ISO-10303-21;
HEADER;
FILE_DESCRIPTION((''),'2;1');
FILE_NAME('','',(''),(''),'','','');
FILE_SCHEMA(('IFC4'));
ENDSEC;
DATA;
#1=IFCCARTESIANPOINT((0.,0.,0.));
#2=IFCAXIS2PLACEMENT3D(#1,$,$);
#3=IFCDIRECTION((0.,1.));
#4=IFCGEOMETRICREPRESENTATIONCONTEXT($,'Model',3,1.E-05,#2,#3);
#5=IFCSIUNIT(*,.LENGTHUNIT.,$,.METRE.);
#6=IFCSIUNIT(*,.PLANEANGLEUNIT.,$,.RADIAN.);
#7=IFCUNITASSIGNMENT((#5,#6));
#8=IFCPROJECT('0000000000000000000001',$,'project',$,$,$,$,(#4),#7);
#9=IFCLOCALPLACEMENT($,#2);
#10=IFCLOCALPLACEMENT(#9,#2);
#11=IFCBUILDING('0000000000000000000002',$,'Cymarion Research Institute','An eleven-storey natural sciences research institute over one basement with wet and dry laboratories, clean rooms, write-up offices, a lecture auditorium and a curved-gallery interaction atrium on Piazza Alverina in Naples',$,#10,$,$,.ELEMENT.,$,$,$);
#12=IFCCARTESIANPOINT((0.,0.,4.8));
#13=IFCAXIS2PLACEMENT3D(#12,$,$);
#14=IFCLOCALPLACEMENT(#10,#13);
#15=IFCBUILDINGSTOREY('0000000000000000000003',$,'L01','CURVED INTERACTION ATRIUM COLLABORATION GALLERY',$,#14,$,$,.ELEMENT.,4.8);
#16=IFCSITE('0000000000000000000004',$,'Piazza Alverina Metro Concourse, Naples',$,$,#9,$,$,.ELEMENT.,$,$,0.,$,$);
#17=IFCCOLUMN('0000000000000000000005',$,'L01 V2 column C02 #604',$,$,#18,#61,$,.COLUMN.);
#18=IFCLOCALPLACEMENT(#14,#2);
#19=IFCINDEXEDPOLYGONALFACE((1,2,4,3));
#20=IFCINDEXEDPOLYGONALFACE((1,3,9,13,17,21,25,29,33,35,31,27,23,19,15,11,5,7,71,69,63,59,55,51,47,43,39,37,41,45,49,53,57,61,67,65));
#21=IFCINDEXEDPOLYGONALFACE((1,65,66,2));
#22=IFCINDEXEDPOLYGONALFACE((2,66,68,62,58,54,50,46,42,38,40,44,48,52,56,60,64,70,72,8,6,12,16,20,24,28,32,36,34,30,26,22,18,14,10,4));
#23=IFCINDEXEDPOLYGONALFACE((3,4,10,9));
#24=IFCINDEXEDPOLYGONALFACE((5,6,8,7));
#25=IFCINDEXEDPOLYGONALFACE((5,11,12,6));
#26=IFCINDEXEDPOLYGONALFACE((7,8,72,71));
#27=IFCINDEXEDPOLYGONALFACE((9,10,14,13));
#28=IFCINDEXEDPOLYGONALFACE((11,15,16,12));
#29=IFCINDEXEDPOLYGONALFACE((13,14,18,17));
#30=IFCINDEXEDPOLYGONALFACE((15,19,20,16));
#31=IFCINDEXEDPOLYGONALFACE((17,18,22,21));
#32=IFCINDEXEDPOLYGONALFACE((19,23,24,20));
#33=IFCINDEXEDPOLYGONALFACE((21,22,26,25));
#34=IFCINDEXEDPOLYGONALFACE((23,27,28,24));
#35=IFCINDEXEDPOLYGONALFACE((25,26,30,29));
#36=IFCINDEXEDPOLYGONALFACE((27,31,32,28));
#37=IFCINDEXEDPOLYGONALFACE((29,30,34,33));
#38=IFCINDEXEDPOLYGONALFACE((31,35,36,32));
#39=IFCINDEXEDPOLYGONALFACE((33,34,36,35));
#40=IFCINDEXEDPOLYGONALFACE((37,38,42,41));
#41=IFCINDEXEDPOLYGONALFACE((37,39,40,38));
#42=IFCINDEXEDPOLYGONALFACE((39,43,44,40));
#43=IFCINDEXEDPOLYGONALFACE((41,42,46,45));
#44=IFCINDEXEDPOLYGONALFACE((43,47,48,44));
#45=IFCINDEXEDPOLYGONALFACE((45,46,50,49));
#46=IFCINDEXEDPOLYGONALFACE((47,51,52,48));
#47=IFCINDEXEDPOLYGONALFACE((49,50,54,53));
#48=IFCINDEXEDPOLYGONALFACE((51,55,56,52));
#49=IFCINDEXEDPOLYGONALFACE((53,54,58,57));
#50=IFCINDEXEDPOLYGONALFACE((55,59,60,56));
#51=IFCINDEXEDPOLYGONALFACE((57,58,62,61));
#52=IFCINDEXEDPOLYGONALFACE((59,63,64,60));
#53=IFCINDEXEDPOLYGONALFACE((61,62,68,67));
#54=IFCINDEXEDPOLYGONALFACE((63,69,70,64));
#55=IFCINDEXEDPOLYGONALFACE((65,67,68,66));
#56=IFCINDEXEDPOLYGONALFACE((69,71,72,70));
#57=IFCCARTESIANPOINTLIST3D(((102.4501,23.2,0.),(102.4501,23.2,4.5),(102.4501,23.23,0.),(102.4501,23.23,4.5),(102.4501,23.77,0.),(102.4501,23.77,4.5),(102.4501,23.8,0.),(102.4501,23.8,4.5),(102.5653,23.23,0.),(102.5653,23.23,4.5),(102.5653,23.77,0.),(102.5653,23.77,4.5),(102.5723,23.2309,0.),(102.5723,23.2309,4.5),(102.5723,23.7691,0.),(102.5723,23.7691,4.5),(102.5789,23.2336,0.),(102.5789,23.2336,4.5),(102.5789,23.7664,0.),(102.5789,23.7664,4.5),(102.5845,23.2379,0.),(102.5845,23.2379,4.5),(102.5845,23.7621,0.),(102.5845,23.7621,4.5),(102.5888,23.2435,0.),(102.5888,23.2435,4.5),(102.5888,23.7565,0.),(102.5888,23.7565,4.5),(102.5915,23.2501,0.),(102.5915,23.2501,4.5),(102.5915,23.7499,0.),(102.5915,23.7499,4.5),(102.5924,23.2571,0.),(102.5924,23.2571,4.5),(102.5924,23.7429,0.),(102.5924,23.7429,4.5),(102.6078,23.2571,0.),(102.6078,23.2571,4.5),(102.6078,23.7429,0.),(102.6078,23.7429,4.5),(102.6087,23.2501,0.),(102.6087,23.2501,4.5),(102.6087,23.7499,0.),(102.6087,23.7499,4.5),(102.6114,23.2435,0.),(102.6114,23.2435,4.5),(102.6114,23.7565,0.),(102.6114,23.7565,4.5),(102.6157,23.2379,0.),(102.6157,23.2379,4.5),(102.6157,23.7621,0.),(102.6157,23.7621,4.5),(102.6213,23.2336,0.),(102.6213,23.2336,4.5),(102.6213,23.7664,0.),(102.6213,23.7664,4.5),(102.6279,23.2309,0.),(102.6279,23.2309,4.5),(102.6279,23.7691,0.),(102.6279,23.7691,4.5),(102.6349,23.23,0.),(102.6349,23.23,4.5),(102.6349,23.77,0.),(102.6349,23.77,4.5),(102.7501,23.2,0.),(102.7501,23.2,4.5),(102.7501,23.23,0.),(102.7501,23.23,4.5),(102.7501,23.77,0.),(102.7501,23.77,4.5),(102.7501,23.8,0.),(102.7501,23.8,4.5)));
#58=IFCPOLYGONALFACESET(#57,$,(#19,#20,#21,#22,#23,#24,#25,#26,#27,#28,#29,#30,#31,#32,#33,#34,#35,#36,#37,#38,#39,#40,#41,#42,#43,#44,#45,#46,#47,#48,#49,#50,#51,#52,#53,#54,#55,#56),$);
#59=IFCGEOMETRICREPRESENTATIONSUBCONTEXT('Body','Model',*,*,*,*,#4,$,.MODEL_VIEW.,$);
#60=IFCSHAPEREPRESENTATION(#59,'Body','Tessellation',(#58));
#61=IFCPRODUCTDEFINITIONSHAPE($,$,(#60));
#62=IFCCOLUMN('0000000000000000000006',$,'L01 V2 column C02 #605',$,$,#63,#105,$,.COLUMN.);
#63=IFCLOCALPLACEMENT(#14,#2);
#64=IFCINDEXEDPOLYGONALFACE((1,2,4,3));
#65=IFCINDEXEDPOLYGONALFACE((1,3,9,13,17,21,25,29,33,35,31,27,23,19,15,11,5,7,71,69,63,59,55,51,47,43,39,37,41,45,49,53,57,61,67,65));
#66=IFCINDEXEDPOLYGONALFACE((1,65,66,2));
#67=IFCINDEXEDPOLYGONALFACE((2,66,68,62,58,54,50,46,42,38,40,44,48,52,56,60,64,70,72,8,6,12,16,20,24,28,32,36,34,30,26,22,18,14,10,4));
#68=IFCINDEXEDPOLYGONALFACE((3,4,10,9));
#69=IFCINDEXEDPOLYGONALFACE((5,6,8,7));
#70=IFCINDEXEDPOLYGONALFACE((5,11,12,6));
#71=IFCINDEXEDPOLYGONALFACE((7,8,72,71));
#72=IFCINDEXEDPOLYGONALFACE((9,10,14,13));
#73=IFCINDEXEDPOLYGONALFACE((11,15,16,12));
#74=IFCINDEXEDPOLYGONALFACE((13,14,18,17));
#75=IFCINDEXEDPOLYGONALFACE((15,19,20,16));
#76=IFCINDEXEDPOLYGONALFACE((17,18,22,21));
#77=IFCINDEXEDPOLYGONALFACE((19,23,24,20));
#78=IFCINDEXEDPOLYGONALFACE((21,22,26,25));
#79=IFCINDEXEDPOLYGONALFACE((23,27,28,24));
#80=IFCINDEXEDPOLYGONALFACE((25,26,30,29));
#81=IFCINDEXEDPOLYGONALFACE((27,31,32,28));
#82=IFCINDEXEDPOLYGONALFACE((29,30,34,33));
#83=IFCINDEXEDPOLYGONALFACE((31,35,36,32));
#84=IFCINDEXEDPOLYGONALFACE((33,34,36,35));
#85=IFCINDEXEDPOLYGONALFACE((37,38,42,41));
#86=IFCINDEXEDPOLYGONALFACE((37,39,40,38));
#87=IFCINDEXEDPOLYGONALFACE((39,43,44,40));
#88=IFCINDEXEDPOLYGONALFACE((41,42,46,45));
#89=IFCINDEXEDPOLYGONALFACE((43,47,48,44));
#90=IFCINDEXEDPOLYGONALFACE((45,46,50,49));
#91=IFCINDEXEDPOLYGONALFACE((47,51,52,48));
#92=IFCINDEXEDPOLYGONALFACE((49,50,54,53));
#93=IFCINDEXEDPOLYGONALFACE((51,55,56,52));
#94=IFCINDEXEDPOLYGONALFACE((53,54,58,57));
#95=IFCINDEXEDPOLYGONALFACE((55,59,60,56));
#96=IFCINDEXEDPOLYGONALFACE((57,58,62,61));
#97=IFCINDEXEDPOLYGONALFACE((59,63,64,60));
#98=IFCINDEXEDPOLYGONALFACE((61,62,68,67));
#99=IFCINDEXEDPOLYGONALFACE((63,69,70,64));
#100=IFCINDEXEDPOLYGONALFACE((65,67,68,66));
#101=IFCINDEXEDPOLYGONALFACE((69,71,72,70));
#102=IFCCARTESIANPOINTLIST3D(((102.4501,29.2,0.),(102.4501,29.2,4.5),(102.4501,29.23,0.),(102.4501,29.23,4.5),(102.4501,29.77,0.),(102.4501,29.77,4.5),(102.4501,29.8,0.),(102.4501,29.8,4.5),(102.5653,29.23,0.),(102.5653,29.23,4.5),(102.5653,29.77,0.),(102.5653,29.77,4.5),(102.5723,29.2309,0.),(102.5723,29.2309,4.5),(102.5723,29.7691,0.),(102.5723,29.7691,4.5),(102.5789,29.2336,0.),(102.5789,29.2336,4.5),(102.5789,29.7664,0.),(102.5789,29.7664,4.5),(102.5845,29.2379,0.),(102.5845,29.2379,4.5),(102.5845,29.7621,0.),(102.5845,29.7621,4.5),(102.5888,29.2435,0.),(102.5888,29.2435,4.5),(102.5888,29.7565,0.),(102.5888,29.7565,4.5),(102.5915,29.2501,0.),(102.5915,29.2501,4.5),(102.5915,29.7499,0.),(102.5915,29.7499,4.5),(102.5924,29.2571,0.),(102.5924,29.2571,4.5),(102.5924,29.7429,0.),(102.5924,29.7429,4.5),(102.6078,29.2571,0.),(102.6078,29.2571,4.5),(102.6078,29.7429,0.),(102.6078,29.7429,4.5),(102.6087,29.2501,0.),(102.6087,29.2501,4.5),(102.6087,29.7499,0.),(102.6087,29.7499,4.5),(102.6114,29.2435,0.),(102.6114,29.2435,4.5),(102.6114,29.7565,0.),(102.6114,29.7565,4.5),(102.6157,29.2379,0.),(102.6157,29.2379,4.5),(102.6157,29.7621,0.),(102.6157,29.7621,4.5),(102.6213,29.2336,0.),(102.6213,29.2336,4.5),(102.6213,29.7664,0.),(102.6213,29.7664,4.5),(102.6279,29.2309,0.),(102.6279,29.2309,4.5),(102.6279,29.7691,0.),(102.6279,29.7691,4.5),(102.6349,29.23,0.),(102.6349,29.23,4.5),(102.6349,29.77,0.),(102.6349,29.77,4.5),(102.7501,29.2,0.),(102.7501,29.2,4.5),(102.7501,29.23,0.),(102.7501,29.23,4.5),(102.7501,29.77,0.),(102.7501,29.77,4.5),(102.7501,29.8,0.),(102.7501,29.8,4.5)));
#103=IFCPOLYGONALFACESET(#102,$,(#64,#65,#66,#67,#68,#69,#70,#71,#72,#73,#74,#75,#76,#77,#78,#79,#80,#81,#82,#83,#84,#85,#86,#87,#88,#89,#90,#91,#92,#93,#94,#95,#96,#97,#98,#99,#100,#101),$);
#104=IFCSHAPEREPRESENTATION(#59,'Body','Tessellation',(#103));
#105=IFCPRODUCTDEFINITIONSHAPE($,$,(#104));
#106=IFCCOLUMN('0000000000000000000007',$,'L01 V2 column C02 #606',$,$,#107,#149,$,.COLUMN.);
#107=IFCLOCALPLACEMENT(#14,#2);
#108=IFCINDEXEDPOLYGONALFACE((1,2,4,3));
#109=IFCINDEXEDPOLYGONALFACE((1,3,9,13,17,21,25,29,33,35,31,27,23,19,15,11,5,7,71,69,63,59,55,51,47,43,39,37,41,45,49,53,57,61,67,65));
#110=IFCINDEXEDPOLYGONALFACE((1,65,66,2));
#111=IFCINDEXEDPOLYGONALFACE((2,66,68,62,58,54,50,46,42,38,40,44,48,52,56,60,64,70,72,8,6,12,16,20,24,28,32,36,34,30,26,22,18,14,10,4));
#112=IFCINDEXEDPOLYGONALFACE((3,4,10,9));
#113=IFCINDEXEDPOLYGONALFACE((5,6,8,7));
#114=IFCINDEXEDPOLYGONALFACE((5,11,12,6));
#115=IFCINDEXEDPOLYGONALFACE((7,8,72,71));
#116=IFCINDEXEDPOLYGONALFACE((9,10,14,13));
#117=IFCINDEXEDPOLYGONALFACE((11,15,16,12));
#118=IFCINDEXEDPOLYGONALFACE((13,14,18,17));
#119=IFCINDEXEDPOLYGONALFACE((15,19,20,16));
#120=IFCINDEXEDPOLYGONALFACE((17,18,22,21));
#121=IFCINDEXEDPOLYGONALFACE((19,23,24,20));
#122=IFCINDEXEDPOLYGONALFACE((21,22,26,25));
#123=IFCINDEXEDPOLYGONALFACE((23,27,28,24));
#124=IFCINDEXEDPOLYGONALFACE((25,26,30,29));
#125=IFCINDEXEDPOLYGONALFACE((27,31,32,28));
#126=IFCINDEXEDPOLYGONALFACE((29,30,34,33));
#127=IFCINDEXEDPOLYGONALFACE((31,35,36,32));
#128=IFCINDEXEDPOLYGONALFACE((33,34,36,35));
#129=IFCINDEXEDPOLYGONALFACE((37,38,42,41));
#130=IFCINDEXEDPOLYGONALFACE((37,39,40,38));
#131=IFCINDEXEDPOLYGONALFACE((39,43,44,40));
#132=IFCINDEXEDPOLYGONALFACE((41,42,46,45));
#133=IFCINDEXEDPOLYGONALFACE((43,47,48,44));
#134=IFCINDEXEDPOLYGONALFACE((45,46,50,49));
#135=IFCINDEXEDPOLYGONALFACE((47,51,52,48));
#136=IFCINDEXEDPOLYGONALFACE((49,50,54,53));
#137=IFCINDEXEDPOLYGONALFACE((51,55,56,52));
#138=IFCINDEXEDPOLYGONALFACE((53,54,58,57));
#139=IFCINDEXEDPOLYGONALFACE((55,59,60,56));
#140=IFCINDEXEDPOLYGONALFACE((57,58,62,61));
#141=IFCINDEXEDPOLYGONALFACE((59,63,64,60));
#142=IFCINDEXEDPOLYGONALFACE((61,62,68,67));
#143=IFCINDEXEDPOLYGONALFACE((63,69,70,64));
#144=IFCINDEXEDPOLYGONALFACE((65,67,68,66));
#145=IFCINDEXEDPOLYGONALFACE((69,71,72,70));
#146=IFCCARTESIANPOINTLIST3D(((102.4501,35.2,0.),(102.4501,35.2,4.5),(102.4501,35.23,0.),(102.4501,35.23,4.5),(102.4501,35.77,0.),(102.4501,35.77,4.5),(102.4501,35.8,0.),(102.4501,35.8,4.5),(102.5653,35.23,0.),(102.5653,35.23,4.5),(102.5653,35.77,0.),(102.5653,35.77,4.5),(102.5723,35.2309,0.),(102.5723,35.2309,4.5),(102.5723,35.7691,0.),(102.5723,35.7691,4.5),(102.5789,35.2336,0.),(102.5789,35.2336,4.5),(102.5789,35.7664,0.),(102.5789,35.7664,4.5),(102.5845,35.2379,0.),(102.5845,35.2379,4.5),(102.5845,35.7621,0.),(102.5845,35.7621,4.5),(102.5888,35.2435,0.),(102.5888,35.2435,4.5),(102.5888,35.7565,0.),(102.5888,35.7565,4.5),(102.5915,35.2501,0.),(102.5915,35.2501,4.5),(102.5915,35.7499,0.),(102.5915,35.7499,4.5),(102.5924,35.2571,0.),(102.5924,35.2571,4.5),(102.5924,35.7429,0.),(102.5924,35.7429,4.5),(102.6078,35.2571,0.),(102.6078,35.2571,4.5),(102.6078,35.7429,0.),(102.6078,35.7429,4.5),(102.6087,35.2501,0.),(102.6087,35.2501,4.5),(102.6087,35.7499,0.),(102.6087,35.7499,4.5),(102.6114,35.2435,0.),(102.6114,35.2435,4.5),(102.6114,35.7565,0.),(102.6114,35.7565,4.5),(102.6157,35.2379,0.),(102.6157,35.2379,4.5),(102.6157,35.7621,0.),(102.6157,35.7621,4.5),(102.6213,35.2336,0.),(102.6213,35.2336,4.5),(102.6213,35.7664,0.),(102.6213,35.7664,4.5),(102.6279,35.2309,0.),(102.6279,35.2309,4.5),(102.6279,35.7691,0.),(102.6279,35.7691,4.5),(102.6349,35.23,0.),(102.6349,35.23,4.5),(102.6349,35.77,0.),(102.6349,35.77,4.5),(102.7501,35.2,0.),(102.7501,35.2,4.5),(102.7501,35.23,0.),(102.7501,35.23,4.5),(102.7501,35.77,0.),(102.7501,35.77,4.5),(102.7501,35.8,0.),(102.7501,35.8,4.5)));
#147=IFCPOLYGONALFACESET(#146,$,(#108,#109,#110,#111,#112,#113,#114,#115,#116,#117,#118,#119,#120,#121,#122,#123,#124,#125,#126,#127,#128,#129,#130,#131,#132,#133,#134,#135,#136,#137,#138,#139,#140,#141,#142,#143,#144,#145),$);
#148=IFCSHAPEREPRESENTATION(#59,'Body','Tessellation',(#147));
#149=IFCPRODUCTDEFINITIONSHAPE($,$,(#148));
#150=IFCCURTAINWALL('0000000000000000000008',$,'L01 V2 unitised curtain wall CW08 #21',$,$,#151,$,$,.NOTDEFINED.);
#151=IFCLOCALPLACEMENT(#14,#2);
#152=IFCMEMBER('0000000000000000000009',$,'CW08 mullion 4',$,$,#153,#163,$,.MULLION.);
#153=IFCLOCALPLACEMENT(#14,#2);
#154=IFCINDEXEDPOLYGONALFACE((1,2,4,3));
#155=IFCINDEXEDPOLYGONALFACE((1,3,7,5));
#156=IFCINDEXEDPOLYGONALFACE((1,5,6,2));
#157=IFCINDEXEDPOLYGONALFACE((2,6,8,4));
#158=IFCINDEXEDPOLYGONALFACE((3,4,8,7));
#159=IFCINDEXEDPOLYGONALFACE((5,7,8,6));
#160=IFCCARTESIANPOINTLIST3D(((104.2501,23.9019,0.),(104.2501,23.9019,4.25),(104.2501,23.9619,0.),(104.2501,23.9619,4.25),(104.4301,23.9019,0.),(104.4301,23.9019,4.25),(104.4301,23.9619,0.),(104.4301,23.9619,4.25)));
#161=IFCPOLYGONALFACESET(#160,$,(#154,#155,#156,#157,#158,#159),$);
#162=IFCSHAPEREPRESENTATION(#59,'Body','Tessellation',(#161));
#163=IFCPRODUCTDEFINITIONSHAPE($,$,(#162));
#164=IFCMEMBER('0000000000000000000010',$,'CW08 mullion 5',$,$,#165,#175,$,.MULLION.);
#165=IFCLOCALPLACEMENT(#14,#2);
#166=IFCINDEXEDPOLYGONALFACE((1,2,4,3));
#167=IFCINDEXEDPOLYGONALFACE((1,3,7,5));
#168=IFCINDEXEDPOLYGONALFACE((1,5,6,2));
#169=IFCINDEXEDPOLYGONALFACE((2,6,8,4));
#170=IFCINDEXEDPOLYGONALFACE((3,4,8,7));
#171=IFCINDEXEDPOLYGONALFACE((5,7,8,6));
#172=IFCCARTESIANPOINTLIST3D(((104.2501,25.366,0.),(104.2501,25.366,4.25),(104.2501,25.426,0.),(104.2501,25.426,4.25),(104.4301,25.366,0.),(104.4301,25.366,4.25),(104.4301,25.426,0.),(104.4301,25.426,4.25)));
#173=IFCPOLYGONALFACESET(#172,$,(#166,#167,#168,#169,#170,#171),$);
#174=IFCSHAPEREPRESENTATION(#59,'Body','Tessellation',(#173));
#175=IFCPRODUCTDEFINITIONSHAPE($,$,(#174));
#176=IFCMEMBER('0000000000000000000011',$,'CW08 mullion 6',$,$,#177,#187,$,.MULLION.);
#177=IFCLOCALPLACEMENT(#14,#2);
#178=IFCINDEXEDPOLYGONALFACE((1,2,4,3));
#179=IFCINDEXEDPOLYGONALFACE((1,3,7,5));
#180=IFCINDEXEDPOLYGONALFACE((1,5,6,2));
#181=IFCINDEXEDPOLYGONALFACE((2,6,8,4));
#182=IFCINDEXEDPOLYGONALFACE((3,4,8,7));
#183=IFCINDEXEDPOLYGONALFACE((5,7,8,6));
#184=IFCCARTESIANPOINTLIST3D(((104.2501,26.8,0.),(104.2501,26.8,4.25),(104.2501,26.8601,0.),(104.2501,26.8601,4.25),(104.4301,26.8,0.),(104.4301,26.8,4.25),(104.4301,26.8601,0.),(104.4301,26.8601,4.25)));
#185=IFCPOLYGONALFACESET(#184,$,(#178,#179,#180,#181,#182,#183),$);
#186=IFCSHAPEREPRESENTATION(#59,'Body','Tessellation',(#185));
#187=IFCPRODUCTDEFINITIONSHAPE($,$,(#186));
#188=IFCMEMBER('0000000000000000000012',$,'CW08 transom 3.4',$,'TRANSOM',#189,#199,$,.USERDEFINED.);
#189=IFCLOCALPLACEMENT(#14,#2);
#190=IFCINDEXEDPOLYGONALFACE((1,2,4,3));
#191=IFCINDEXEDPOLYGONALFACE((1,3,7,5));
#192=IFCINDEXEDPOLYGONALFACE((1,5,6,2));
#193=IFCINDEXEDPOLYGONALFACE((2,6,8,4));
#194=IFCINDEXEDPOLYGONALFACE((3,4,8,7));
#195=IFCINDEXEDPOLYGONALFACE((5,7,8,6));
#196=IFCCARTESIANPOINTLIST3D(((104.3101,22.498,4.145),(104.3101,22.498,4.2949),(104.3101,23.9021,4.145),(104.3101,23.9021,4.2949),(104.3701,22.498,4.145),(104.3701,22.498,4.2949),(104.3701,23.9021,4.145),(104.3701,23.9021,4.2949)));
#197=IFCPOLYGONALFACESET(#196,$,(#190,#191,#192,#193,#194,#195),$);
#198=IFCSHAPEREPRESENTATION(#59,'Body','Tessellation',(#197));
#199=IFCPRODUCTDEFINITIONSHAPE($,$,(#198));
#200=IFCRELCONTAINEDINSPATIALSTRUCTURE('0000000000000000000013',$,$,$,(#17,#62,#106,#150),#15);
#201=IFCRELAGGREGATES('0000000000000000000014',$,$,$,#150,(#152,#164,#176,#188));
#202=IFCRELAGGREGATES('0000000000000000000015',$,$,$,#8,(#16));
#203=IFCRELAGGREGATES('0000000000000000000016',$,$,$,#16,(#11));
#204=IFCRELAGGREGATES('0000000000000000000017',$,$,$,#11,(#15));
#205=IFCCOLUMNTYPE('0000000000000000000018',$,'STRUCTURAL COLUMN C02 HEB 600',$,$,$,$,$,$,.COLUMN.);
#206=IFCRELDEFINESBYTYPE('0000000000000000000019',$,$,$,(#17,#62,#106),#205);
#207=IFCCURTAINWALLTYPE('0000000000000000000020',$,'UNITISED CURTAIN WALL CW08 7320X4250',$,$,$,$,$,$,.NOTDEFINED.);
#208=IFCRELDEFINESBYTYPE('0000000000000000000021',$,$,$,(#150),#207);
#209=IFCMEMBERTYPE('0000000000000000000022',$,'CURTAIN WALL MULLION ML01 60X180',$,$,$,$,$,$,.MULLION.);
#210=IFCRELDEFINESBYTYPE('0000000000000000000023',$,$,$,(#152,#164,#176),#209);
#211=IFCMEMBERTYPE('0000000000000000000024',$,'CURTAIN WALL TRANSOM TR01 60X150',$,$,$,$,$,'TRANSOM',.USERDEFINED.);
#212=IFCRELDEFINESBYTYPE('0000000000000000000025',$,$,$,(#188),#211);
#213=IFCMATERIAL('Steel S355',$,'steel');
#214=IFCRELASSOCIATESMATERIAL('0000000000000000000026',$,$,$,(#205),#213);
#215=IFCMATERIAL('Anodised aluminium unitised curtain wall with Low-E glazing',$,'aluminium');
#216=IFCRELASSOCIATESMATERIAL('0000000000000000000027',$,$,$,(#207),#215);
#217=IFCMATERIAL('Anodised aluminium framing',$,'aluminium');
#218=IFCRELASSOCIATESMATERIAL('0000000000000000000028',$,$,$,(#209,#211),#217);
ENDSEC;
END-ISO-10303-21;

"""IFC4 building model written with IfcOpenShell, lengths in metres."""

from ifc_helpers import new_model, si_unit, direction, frame, origin, origin_2d, place, context, subcontext, project, spatial, rectangle, i_section, extrude, material, material_profile, profile_set, type_object, element, aggregate, save


model = new_model("IFC4")

# Units and contexts
model_context = context("Model", 3, precision=1e-05, world=origin(), true_north=direction((0.0, 1.0)))
body_context = subcontext(model_context, "Body", "Model", "MODEL_VIEW")
ifc_project = project(units=[si_unit("LENGTHUNIT", "METRE"), si_unit("PLANEANGLEUNIT", "RADIAN")], contexts=[model_context])

# Site, building, storey
site_placement = place(None, origin())
site = spatial("IfcSite", under=ifc_project, at=site_placement, Name="Piazza Alverina Metro Concourse, Naples", CompositionType="ELEMENT", RefElevation=0.0)
building_placement = place(site_placement, origin())
building = spatial("IfcBuilding", under=site, at=building_placement, Name="Cymarion Research Institute", Description="An eleven-storey natural sciences research institute over one basement with wet and dry laboratories, clean rooms, write-up offices, a lecture auditorium and a curved-gallery interaction atrium on Piazza Alverina in Naples", CompositionType="ELEMENT")
storey_placement = place(building_placement, frame((0.0, 0.0, 4.8)))
storey = spatial("IfcBuildingStorey", under=building, at=storey_placement, Name="L01", Description="CURVED INTERACTION ATRIUM COLLABORATION GALLERY", CompositionType="ELEMENT", Elevation=4.8)

# Columns
ifc_material_1 = material(Name="Steel S355", Category="steel")
ifc_material_profile_1 = material_profile(ifc_material_1, i_section(OverallWidth=0.3, OverallDepth=0.6001, WebThickness=0.0154, FlangeThickness=0.03, FilletRadius=0.0271, at=origin_2d()), Name="HEB 600")
ifc_profile_set_1 = profile_set([ifc_material_profile_1], Name="Steel S355")
column_type = type_object("IfcColumnType", Name="STRUCTURAL COLUMN C02 HEB 600", PredefinedType="COLUMN", material=ifc_profile_set_1)
for number, where, z_axis, x_axis, name in (
    (1, (102.6001, 23.5, 0.0), (0.0, 0.0, 1.0), (1.0, 0.0, 0.0), "L01 V2 column C02 #604"),
    (2, (102.6001, 29.5, 0.0), (0.0, 0.0, 1.0), (1.0, 0.0, 0.0), "L01 V2 column C02 #605"),
    (3, (102.6001, 35.5, 0.0), (0.0, 0.0, 1.0), (1.0, 0.0, 0.0), "L01 V2 column C02 #606"),
):
    element("IfcColumn", number, at=place(storey_placement, frame(where, z_axis=z_axis, x_axis=x_axis)), inside=storey, type_object=column_type, Name=name, PredefinedType="COLUMN", context=body_context, shape_type="SweptSolid", body=[
        extrude(i_section(OverallWidth=0.3, OverallDepth=0.6001, WebThickness=0.0154, FlangeThickness=0.03, FilletRadius=0.0271, at=origin_2d()), origin(), (0.0, 0.0, 1.0), 4.5),
    ])

# Curtain wall, members
ifc_material_2 = material(Name="Anodised aluminium unitised curtain wall with Low-E glazing", Category="aluminium")
curtain_wall_type = type_object("IfcCurtainWallType", Name="UNITISED CURTAIN WALL CW08 7320X4250", PredefinedType="NOTDEFINED", material=ifc_material_2)
curtain_wall_placement = place(storey_placement, origin())
curtain_wall = element("IfcCurtainWall", 4, at=curtain_wall_placement, inside=storey, type_object=curtain_wall_type, Name="L01 V2 unitised curtain wall CW08 #21", PredefinedType="NOTDEFINED")
ifc_material_3 = material(Name="Anodised aluminium framing", Category="aluminium")
ifc_material_profile_2 = material_profile(ifc_material_3, rectangle(XDim=0.0601, YDim=0.1799, at=origin_2d()), Name="ALU MULLION 60x180")
ifc_profile_set_2 = profile_set([ifc_material_profile_2], Name="Anodised aluminium framing")
member_type_1 = type_object("IfcMemberType", Name="CURTAIN WALL MULLION ML01 60X180", PredefinedType="MULLION", material=ifc_profile_set_2)
member_1_placement = place(storey_placement, frame((104.3401, 23.9319, 0.0), z_axis=(0.0, 0.0, 1.0), x_axis=(0.0, 1.0, 0.0)))
member_1 = element("IfcMember", 5, at=member_1_placement, type_object=member_type_1, Name="CW08 mullion 4", PredefinedType="MULLION", context=body_context, shape_type="SweptSolid", body=[
    extrude(rectangle(XDim=0.0601, YDim=0.1799, at=origin_2d()), origin(), (0.0, 0.0, 1.0), 4.25),
])
member_2_placement = place(storey_placement, frame((104.3401, 25.396, 0.0), z_axis=(0.0, 0.0, 1.0), x_axis=(0.0, 1.0, 0.0)))
member_2 = element("IfcMember", 6, at=member_2_placement, type_object=member_type_1, Name="CW08 mullion 5", PredefinedType="MULLION", context=body_context, shape_type="SweptSolid", body=[
    extrude(rectangle(XDim=0.0601, YDim=0.1799, at=origin_2d()), origin(), (0.0, 0.0, 1.0), 4.25),
])
member_3_placement = place(storey_placement, frame((104.3401, 26.8301, 0.0), z_axis=(0.0, 0.0, 1.0), x_axis=(0.0, 1.0, 0.0)))
member_3 = element("IfcMember", 7, at=member_3_placement, type_object=member_type_1, Name="CW08 mullion 6", PredefinedType="MULLION", context=body_context, shape_type="SweptSolid", body=[
    extrude(rectangle(XDim=0.0601, YDim=0.1799, at=origin_2d()), origin(), (0.0, 0.0, 1.0), 4.25),
])
ifc_material_profile_3 = material_profile(ifc_material_3, rectangle(XDim=0.0601, YDim=0.1499, at=origin_2d()), Name="ALU TRANSOM 60x150")
ifc_profile_set_3 = profile_set([ifc_material_profile_3], Name="Anodised aluminium framing")
member_type_2 = type_object("IfcMemberType", Name="CURTAIN WALL TRANSOM TR01 60X150", ElementType="TRANSOM", PredefinedType="USERDEFINED", material=ifc_profile_set_3)
member_4_placement = place(storey_placement, frame((104.3401, 22.498, 4.22), z_axis=(0.0, 1.0, 0.0), x_axis=(-1.0, 0.0, 0.0)))
member_4 = element("IfcMember", 8, at=member_4_placement, type_object=member_type_2, Name="CW08 transom 3.4", ObjectType="TRANSOM", PredefinedType="USERDEFINED", context=body_context, shape_type="SweptSolid", body=[
    extrude(rectangle(XDim=0.0601, YDim=0.1499, at=origin_2d()), origin(), (0.0, 0.0, 1.0), 1.4041),
])

aggregate(curtain_wall, [member_1, member_2, member_3, member_4])

save(model, "model.ifc")
